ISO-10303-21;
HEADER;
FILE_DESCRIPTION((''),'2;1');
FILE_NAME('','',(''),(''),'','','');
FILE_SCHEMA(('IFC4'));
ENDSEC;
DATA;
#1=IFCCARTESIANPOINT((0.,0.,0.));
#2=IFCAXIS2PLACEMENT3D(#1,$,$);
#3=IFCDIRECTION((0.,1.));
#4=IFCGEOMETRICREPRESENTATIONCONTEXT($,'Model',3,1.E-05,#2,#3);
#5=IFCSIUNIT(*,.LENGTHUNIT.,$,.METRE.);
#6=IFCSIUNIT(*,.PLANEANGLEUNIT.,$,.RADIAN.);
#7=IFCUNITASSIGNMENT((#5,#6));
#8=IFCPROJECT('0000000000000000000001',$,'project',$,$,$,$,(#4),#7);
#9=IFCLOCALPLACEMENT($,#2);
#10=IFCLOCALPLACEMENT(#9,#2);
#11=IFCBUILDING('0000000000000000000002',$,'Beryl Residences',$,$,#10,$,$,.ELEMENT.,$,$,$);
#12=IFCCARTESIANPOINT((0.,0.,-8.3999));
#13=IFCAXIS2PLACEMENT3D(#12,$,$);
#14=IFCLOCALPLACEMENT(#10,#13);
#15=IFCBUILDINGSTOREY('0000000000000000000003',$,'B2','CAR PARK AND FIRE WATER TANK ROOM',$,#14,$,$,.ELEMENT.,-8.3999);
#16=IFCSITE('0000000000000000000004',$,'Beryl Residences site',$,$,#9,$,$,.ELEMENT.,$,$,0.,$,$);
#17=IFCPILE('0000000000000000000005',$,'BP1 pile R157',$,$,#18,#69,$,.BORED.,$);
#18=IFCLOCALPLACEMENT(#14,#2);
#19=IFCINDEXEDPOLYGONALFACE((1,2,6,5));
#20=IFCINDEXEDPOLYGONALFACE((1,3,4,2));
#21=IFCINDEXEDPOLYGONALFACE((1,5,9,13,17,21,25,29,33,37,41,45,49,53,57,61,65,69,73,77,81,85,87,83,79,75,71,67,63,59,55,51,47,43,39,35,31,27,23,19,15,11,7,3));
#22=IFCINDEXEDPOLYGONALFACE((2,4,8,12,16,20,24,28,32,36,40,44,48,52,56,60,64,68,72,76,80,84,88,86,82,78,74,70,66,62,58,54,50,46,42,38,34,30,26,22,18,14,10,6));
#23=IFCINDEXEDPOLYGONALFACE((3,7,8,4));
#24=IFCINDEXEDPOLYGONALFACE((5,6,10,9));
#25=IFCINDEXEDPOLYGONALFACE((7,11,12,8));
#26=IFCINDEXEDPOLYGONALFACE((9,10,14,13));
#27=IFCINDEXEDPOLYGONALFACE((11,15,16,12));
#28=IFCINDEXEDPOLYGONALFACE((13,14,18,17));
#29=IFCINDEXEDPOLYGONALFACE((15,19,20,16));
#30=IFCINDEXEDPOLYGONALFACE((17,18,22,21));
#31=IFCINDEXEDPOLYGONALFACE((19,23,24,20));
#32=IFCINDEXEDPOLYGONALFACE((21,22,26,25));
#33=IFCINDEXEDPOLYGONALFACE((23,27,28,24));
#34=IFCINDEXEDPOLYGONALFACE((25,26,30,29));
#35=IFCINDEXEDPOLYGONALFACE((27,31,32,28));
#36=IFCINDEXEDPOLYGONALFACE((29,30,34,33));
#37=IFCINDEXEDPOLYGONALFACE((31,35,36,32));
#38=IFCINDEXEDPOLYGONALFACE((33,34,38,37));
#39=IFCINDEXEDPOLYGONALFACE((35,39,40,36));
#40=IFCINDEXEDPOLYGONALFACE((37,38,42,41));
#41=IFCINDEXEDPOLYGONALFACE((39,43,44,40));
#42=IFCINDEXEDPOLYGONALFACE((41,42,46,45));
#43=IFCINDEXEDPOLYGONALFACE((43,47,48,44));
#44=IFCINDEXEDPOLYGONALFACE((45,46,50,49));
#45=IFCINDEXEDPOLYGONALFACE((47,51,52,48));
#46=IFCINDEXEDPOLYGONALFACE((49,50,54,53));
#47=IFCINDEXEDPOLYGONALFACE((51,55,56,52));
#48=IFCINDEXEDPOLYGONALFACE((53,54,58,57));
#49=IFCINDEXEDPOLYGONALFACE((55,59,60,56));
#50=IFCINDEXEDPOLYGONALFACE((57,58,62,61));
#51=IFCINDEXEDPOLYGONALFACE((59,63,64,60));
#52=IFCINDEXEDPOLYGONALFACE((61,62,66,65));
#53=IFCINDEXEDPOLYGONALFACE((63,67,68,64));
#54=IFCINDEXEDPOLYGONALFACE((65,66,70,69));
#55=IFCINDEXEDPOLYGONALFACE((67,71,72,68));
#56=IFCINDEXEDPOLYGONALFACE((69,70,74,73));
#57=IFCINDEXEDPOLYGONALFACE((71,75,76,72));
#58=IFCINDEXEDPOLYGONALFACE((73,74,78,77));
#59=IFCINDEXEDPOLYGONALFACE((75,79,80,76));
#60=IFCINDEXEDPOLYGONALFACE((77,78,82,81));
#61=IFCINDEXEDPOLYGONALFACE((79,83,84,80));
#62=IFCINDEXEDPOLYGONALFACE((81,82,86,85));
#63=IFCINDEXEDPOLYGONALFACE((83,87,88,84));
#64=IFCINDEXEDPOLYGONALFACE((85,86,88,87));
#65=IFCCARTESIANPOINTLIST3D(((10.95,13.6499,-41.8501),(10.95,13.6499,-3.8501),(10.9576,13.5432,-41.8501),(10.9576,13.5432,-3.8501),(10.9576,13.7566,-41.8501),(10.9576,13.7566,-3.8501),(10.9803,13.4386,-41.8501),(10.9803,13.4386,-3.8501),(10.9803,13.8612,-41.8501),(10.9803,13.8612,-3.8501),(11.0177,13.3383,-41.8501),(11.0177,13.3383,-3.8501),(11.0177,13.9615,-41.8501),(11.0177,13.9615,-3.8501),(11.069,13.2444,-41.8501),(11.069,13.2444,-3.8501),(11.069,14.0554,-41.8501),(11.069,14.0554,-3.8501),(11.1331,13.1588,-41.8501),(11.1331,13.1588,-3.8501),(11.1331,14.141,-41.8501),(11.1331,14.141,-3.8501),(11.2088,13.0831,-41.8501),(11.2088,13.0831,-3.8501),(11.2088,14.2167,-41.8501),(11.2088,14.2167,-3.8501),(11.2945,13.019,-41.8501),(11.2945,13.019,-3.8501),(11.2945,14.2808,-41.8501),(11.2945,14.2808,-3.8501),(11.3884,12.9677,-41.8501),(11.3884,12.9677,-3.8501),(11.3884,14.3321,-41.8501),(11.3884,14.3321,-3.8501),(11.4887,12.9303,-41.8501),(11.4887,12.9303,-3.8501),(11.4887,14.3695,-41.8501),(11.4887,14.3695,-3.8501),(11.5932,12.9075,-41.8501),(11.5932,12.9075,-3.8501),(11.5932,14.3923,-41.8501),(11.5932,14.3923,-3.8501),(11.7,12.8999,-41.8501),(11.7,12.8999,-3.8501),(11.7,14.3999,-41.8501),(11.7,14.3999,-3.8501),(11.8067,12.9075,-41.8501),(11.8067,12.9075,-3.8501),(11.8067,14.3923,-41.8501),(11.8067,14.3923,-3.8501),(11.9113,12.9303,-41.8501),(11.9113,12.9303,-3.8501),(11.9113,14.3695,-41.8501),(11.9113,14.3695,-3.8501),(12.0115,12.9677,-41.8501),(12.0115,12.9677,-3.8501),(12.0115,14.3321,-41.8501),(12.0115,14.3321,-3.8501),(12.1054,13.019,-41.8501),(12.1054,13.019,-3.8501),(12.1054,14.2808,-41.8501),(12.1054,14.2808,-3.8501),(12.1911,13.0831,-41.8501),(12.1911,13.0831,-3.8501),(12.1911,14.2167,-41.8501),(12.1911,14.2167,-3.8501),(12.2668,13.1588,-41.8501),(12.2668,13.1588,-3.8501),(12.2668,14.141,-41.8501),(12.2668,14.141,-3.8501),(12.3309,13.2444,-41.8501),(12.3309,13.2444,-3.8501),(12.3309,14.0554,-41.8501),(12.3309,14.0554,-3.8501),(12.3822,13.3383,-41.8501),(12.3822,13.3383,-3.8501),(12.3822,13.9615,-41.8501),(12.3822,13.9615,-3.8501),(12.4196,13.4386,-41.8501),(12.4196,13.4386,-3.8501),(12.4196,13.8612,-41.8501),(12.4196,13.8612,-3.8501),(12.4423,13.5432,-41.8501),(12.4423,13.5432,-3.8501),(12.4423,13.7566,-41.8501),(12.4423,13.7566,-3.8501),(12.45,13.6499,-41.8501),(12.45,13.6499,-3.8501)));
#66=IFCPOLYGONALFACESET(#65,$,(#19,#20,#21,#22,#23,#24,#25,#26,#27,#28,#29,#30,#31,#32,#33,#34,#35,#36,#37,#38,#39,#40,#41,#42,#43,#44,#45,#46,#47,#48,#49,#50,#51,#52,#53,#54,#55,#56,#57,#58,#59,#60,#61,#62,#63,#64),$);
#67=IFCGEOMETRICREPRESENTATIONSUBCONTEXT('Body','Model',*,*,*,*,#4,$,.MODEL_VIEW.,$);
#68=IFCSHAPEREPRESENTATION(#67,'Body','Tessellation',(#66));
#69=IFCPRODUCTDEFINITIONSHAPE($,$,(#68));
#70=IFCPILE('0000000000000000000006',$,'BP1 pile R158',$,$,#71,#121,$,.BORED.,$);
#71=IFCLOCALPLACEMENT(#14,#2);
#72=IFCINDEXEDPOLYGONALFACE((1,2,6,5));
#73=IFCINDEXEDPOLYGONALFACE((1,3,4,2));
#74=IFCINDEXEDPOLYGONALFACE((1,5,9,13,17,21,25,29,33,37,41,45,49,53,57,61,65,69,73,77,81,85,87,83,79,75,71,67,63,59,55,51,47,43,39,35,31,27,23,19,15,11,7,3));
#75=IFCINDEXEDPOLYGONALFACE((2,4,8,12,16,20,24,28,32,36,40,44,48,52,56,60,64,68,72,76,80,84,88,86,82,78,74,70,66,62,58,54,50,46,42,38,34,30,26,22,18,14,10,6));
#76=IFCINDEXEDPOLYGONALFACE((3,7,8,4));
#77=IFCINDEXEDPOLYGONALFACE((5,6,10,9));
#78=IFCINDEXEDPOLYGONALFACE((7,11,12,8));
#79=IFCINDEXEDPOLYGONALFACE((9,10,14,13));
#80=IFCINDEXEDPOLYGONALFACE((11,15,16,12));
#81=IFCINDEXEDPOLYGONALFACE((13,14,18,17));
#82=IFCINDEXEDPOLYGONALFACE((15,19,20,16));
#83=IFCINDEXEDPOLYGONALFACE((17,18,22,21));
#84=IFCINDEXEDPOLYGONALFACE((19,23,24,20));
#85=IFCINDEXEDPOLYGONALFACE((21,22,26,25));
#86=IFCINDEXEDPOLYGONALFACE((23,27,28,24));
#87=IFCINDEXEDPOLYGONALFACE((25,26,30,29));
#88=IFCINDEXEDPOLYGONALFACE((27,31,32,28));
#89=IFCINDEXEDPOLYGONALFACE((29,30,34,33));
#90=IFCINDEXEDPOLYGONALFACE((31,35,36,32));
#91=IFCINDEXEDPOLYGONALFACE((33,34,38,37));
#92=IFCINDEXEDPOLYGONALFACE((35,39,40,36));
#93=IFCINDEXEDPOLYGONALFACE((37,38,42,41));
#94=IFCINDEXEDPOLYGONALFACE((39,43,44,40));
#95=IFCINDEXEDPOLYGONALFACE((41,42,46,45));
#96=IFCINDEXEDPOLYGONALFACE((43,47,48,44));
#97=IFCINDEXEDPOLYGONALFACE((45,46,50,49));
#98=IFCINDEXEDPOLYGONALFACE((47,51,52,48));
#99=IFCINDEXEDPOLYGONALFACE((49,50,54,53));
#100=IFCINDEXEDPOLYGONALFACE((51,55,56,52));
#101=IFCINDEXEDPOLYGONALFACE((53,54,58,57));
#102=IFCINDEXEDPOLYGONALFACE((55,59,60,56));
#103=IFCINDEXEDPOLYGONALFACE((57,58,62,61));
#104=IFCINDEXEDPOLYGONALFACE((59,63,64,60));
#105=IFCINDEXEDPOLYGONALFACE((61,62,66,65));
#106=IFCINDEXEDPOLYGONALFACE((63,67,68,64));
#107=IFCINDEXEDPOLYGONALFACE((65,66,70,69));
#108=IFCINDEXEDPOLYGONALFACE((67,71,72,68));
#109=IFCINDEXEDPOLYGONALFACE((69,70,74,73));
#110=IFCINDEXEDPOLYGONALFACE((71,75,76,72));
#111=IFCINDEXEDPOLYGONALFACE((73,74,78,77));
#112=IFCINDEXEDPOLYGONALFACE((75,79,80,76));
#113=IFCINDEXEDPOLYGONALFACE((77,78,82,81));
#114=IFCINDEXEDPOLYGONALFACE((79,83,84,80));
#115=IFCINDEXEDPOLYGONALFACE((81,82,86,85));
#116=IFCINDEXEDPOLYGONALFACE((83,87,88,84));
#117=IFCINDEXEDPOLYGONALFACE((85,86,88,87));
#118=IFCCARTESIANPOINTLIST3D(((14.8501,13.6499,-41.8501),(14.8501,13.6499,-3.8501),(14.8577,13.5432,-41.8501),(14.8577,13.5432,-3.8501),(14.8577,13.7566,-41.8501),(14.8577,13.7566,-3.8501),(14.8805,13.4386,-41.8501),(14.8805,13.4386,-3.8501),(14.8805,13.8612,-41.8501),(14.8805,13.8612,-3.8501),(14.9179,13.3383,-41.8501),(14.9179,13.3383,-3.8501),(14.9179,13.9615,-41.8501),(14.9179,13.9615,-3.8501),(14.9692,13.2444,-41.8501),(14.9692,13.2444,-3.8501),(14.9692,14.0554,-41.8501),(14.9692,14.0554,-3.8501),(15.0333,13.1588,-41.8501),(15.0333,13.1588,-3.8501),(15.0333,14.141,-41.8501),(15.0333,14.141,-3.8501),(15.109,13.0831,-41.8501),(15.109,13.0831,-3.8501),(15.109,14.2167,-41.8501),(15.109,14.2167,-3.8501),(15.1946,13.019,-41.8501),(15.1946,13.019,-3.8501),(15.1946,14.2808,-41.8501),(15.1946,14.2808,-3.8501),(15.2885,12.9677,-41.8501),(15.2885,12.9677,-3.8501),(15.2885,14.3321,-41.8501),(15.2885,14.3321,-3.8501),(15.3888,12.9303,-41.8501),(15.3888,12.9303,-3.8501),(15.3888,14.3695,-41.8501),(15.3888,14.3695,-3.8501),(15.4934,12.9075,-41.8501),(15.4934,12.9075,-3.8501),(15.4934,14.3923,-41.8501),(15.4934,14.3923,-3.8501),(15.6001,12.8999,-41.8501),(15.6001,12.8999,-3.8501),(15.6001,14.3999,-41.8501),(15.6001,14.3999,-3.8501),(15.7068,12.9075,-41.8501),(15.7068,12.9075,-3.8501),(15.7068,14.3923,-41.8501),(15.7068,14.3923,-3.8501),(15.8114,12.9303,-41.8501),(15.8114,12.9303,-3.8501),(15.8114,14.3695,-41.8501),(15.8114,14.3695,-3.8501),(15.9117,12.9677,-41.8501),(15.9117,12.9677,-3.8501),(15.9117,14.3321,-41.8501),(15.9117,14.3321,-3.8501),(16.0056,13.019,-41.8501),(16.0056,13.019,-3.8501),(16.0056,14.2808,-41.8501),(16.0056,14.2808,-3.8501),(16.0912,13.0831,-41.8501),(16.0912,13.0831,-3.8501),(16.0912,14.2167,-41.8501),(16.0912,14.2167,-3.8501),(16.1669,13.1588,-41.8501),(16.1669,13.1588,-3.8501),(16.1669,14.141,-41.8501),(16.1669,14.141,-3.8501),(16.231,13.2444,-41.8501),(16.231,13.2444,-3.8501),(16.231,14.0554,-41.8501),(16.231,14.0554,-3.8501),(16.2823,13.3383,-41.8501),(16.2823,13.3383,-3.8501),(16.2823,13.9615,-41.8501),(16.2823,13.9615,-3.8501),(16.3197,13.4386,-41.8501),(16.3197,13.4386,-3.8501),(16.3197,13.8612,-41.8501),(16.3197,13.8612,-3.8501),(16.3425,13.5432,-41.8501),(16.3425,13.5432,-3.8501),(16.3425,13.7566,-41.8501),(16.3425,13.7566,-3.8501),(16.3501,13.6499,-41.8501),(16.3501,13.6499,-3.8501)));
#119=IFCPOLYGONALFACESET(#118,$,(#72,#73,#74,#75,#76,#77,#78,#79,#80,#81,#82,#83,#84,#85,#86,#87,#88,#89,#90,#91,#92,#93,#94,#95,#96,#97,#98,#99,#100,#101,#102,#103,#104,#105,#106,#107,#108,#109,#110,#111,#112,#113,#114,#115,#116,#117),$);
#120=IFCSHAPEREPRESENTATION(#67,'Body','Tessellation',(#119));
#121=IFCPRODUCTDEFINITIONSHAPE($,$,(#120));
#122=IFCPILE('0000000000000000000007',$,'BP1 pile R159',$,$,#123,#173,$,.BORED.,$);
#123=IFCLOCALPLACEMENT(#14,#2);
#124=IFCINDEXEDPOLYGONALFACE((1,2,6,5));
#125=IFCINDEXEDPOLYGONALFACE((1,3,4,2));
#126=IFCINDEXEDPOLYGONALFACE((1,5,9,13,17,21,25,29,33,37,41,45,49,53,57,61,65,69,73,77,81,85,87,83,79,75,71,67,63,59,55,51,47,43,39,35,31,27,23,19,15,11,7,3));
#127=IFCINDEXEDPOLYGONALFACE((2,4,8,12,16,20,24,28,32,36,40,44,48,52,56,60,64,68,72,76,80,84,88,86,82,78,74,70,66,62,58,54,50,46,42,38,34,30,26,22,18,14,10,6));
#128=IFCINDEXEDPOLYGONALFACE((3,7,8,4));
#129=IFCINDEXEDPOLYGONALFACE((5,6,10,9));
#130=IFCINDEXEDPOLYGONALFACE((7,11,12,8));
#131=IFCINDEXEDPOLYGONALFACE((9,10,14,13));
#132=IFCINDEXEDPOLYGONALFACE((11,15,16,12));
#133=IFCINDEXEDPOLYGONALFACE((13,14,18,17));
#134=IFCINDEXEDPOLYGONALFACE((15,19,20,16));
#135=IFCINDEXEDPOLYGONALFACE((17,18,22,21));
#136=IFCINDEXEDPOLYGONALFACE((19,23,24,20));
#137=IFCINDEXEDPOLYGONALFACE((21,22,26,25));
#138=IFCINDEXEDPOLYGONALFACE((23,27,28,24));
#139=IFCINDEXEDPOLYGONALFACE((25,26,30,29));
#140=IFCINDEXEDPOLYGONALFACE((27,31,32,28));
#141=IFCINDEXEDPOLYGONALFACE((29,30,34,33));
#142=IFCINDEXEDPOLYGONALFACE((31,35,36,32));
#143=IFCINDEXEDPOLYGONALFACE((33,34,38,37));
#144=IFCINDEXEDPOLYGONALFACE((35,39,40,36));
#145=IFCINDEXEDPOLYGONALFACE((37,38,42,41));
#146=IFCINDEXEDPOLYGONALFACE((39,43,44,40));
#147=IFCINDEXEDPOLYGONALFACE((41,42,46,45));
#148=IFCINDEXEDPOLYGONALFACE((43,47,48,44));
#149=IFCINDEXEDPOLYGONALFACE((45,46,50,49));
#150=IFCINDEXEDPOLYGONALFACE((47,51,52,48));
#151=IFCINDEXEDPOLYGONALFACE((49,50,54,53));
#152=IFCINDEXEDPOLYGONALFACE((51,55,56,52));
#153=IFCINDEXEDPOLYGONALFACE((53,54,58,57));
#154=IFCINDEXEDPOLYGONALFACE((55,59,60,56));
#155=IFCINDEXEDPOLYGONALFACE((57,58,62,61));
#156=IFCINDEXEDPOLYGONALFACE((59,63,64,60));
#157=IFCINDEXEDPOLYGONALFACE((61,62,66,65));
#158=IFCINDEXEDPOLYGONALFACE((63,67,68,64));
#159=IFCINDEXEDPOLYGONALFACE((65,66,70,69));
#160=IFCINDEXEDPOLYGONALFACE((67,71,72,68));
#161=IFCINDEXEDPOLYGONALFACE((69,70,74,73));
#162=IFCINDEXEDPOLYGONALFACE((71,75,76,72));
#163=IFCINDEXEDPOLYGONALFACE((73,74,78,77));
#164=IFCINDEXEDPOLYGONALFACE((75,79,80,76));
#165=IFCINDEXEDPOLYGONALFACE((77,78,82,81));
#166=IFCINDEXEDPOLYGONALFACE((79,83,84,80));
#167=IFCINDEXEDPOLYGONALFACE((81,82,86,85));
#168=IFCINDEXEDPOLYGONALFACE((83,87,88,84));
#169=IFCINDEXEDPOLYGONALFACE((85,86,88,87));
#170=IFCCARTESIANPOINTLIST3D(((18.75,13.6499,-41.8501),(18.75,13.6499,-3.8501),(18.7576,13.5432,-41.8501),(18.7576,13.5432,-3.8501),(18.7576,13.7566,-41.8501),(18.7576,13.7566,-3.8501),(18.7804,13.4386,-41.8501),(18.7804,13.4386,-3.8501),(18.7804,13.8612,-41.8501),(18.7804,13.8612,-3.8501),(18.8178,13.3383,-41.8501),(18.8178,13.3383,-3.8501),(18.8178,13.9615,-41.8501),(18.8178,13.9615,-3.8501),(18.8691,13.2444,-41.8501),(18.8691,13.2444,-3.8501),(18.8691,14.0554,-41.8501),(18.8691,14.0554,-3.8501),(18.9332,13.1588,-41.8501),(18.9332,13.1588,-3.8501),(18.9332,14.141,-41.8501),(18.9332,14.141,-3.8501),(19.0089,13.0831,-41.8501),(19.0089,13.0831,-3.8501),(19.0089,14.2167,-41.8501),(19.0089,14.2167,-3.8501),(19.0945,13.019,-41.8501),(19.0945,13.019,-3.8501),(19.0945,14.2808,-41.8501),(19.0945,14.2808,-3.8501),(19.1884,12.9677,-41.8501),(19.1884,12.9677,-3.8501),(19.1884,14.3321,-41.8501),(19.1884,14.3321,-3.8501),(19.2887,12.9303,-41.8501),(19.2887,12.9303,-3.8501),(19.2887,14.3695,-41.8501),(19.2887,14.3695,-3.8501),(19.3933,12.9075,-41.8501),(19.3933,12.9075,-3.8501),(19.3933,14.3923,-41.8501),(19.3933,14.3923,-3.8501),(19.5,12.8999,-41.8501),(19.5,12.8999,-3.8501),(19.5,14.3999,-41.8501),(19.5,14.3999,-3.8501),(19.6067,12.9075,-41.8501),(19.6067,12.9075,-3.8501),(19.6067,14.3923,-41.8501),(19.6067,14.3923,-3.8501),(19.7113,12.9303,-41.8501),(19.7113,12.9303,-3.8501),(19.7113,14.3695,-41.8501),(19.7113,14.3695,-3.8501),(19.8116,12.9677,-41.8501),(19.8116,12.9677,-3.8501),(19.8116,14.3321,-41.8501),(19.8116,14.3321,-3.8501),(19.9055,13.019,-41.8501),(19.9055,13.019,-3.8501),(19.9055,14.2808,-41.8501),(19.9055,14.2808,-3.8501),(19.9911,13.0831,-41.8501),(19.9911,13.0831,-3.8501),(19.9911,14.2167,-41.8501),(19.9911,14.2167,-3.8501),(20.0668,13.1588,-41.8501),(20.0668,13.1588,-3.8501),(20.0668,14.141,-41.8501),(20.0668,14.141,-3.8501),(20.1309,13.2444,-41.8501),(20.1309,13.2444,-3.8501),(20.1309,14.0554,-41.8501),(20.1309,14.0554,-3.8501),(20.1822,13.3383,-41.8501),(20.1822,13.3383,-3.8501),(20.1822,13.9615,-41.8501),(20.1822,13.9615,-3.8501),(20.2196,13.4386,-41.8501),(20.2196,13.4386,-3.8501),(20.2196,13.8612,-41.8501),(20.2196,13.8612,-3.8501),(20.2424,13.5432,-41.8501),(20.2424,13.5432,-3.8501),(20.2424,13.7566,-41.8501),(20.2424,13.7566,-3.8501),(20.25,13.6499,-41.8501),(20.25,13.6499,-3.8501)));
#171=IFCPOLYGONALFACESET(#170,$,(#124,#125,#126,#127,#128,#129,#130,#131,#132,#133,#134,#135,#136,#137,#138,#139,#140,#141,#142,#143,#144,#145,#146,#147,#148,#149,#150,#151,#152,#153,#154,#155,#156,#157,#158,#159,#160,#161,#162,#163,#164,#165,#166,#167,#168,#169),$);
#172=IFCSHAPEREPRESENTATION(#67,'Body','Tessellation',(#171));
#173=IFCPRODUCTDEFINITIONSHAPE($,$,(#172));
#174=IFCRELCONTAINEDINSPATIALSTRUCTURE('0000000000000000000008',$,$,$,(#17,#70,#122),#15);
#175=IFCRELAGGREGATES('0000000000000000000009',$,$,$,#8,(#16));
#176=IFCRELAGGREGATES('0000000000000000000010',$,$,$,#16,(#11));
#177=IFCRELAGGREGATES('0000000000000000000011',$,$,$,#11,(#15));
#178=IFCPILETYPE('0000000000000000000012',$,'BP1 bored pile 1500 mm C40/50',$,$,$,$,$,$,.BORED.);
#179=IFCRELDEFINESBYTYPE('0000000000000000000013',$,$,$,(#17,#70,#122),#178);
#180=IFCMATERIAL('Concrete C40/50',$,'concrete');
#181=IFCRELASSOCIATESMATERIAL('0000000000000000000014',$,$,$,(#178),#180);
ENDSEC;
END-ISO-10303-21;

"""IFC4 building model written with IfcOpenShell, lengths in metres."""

from ifc_helpers import new_model, si_unit, direction, frame, origin, origin_2d, place, context, subcontext, project, spatial, circle, extrude, material, material_profile, profile_set, type_object, element, save


model = new_model("IFC4")

# Units and contexts
model_context = context("Model", 3, precision=1e-05, world=origin(), true_north=direction((0.0, 1.0)))
body_context = subcontext(model_context, "Body", "Model", "MODEL_VIEW")
ifc_project = project(units=[si_unit("LENGTHUNIT", "METRE"), si_unit("PLANEANGLEUNIT", "RADIAN")], contexts=[model_context])

# Site, building, storey
site_placement = place(None, origin())
site = spatial("IfcSite", under=ifc_project, at=site_placement, Name="Beryl Residences site", CompositionType="ELEMENT", RefElevation=0.0)
building_placement = place(site_placement, origin())
building = spatial("IfcBuilding", under=site, at=building_placement, Name="Beryl Residences", CompositionType="ELEMENT")
storey_placement = place(building_placement, frame((0.0, 0.0, -8.3999)))
storey = spatial("IfcBuildingStorey", under=building, at=storey_placement, Name="B2", Description="CAR PARK AND FIRE WATER TANK ROOM", CompositionType="ELEMENT", Elevation=-8.3999)

# Piles
ifc_material_1 = material(Name="Concrete C40/50", Category="concrete")
ifc_material_profile_1 = material_profile(ifc_material_1, circle(Radius=0.75, at=origin_2d()))
ifc_profile_set_1 = profile_set([ifc_material_profile_1], Name="Concrete C40/50")
pile_type = type_object("IfcPileType", Name="BP1 bored pile 1500 mm C40/50", PredefinedType="BORED", material=ifc_profile_set_1)
for number, where, z_axis, x_axis, name in (
    (1, (11.7, 13.6499, -3.8501), (0.0, 0.0, -1.0), (1.0, 0.0, 0.0), "BP1 pile R157"),
    (2, (15.6001, 13.6499, -3.8501), (0.0, 0.0, -1.0), (1.0, 0.0, 0.0), "BP1 pile R158"),
    (3, (19.5, 13.6499, -3.8501), (0.0, 0.0, -1.0), (1.0, 0.0, 0.0), "BP1 pile R159"),
):
    element("IfcPile", number, at=place(storey_placement, frame(where, z_axis=z_axis, x_axis=x_axis)), inside=storey, type_object=pile_type, Name=name, PredefinedType="BORED", context=body_context, shape_type="SweptSolid", body=[
        extrude(circle(Radius=0.75, at=origin_2d()), origin(), (0.0, 0.0, 1.0), 38.0),
    ])

save(model, "model.ifc")
